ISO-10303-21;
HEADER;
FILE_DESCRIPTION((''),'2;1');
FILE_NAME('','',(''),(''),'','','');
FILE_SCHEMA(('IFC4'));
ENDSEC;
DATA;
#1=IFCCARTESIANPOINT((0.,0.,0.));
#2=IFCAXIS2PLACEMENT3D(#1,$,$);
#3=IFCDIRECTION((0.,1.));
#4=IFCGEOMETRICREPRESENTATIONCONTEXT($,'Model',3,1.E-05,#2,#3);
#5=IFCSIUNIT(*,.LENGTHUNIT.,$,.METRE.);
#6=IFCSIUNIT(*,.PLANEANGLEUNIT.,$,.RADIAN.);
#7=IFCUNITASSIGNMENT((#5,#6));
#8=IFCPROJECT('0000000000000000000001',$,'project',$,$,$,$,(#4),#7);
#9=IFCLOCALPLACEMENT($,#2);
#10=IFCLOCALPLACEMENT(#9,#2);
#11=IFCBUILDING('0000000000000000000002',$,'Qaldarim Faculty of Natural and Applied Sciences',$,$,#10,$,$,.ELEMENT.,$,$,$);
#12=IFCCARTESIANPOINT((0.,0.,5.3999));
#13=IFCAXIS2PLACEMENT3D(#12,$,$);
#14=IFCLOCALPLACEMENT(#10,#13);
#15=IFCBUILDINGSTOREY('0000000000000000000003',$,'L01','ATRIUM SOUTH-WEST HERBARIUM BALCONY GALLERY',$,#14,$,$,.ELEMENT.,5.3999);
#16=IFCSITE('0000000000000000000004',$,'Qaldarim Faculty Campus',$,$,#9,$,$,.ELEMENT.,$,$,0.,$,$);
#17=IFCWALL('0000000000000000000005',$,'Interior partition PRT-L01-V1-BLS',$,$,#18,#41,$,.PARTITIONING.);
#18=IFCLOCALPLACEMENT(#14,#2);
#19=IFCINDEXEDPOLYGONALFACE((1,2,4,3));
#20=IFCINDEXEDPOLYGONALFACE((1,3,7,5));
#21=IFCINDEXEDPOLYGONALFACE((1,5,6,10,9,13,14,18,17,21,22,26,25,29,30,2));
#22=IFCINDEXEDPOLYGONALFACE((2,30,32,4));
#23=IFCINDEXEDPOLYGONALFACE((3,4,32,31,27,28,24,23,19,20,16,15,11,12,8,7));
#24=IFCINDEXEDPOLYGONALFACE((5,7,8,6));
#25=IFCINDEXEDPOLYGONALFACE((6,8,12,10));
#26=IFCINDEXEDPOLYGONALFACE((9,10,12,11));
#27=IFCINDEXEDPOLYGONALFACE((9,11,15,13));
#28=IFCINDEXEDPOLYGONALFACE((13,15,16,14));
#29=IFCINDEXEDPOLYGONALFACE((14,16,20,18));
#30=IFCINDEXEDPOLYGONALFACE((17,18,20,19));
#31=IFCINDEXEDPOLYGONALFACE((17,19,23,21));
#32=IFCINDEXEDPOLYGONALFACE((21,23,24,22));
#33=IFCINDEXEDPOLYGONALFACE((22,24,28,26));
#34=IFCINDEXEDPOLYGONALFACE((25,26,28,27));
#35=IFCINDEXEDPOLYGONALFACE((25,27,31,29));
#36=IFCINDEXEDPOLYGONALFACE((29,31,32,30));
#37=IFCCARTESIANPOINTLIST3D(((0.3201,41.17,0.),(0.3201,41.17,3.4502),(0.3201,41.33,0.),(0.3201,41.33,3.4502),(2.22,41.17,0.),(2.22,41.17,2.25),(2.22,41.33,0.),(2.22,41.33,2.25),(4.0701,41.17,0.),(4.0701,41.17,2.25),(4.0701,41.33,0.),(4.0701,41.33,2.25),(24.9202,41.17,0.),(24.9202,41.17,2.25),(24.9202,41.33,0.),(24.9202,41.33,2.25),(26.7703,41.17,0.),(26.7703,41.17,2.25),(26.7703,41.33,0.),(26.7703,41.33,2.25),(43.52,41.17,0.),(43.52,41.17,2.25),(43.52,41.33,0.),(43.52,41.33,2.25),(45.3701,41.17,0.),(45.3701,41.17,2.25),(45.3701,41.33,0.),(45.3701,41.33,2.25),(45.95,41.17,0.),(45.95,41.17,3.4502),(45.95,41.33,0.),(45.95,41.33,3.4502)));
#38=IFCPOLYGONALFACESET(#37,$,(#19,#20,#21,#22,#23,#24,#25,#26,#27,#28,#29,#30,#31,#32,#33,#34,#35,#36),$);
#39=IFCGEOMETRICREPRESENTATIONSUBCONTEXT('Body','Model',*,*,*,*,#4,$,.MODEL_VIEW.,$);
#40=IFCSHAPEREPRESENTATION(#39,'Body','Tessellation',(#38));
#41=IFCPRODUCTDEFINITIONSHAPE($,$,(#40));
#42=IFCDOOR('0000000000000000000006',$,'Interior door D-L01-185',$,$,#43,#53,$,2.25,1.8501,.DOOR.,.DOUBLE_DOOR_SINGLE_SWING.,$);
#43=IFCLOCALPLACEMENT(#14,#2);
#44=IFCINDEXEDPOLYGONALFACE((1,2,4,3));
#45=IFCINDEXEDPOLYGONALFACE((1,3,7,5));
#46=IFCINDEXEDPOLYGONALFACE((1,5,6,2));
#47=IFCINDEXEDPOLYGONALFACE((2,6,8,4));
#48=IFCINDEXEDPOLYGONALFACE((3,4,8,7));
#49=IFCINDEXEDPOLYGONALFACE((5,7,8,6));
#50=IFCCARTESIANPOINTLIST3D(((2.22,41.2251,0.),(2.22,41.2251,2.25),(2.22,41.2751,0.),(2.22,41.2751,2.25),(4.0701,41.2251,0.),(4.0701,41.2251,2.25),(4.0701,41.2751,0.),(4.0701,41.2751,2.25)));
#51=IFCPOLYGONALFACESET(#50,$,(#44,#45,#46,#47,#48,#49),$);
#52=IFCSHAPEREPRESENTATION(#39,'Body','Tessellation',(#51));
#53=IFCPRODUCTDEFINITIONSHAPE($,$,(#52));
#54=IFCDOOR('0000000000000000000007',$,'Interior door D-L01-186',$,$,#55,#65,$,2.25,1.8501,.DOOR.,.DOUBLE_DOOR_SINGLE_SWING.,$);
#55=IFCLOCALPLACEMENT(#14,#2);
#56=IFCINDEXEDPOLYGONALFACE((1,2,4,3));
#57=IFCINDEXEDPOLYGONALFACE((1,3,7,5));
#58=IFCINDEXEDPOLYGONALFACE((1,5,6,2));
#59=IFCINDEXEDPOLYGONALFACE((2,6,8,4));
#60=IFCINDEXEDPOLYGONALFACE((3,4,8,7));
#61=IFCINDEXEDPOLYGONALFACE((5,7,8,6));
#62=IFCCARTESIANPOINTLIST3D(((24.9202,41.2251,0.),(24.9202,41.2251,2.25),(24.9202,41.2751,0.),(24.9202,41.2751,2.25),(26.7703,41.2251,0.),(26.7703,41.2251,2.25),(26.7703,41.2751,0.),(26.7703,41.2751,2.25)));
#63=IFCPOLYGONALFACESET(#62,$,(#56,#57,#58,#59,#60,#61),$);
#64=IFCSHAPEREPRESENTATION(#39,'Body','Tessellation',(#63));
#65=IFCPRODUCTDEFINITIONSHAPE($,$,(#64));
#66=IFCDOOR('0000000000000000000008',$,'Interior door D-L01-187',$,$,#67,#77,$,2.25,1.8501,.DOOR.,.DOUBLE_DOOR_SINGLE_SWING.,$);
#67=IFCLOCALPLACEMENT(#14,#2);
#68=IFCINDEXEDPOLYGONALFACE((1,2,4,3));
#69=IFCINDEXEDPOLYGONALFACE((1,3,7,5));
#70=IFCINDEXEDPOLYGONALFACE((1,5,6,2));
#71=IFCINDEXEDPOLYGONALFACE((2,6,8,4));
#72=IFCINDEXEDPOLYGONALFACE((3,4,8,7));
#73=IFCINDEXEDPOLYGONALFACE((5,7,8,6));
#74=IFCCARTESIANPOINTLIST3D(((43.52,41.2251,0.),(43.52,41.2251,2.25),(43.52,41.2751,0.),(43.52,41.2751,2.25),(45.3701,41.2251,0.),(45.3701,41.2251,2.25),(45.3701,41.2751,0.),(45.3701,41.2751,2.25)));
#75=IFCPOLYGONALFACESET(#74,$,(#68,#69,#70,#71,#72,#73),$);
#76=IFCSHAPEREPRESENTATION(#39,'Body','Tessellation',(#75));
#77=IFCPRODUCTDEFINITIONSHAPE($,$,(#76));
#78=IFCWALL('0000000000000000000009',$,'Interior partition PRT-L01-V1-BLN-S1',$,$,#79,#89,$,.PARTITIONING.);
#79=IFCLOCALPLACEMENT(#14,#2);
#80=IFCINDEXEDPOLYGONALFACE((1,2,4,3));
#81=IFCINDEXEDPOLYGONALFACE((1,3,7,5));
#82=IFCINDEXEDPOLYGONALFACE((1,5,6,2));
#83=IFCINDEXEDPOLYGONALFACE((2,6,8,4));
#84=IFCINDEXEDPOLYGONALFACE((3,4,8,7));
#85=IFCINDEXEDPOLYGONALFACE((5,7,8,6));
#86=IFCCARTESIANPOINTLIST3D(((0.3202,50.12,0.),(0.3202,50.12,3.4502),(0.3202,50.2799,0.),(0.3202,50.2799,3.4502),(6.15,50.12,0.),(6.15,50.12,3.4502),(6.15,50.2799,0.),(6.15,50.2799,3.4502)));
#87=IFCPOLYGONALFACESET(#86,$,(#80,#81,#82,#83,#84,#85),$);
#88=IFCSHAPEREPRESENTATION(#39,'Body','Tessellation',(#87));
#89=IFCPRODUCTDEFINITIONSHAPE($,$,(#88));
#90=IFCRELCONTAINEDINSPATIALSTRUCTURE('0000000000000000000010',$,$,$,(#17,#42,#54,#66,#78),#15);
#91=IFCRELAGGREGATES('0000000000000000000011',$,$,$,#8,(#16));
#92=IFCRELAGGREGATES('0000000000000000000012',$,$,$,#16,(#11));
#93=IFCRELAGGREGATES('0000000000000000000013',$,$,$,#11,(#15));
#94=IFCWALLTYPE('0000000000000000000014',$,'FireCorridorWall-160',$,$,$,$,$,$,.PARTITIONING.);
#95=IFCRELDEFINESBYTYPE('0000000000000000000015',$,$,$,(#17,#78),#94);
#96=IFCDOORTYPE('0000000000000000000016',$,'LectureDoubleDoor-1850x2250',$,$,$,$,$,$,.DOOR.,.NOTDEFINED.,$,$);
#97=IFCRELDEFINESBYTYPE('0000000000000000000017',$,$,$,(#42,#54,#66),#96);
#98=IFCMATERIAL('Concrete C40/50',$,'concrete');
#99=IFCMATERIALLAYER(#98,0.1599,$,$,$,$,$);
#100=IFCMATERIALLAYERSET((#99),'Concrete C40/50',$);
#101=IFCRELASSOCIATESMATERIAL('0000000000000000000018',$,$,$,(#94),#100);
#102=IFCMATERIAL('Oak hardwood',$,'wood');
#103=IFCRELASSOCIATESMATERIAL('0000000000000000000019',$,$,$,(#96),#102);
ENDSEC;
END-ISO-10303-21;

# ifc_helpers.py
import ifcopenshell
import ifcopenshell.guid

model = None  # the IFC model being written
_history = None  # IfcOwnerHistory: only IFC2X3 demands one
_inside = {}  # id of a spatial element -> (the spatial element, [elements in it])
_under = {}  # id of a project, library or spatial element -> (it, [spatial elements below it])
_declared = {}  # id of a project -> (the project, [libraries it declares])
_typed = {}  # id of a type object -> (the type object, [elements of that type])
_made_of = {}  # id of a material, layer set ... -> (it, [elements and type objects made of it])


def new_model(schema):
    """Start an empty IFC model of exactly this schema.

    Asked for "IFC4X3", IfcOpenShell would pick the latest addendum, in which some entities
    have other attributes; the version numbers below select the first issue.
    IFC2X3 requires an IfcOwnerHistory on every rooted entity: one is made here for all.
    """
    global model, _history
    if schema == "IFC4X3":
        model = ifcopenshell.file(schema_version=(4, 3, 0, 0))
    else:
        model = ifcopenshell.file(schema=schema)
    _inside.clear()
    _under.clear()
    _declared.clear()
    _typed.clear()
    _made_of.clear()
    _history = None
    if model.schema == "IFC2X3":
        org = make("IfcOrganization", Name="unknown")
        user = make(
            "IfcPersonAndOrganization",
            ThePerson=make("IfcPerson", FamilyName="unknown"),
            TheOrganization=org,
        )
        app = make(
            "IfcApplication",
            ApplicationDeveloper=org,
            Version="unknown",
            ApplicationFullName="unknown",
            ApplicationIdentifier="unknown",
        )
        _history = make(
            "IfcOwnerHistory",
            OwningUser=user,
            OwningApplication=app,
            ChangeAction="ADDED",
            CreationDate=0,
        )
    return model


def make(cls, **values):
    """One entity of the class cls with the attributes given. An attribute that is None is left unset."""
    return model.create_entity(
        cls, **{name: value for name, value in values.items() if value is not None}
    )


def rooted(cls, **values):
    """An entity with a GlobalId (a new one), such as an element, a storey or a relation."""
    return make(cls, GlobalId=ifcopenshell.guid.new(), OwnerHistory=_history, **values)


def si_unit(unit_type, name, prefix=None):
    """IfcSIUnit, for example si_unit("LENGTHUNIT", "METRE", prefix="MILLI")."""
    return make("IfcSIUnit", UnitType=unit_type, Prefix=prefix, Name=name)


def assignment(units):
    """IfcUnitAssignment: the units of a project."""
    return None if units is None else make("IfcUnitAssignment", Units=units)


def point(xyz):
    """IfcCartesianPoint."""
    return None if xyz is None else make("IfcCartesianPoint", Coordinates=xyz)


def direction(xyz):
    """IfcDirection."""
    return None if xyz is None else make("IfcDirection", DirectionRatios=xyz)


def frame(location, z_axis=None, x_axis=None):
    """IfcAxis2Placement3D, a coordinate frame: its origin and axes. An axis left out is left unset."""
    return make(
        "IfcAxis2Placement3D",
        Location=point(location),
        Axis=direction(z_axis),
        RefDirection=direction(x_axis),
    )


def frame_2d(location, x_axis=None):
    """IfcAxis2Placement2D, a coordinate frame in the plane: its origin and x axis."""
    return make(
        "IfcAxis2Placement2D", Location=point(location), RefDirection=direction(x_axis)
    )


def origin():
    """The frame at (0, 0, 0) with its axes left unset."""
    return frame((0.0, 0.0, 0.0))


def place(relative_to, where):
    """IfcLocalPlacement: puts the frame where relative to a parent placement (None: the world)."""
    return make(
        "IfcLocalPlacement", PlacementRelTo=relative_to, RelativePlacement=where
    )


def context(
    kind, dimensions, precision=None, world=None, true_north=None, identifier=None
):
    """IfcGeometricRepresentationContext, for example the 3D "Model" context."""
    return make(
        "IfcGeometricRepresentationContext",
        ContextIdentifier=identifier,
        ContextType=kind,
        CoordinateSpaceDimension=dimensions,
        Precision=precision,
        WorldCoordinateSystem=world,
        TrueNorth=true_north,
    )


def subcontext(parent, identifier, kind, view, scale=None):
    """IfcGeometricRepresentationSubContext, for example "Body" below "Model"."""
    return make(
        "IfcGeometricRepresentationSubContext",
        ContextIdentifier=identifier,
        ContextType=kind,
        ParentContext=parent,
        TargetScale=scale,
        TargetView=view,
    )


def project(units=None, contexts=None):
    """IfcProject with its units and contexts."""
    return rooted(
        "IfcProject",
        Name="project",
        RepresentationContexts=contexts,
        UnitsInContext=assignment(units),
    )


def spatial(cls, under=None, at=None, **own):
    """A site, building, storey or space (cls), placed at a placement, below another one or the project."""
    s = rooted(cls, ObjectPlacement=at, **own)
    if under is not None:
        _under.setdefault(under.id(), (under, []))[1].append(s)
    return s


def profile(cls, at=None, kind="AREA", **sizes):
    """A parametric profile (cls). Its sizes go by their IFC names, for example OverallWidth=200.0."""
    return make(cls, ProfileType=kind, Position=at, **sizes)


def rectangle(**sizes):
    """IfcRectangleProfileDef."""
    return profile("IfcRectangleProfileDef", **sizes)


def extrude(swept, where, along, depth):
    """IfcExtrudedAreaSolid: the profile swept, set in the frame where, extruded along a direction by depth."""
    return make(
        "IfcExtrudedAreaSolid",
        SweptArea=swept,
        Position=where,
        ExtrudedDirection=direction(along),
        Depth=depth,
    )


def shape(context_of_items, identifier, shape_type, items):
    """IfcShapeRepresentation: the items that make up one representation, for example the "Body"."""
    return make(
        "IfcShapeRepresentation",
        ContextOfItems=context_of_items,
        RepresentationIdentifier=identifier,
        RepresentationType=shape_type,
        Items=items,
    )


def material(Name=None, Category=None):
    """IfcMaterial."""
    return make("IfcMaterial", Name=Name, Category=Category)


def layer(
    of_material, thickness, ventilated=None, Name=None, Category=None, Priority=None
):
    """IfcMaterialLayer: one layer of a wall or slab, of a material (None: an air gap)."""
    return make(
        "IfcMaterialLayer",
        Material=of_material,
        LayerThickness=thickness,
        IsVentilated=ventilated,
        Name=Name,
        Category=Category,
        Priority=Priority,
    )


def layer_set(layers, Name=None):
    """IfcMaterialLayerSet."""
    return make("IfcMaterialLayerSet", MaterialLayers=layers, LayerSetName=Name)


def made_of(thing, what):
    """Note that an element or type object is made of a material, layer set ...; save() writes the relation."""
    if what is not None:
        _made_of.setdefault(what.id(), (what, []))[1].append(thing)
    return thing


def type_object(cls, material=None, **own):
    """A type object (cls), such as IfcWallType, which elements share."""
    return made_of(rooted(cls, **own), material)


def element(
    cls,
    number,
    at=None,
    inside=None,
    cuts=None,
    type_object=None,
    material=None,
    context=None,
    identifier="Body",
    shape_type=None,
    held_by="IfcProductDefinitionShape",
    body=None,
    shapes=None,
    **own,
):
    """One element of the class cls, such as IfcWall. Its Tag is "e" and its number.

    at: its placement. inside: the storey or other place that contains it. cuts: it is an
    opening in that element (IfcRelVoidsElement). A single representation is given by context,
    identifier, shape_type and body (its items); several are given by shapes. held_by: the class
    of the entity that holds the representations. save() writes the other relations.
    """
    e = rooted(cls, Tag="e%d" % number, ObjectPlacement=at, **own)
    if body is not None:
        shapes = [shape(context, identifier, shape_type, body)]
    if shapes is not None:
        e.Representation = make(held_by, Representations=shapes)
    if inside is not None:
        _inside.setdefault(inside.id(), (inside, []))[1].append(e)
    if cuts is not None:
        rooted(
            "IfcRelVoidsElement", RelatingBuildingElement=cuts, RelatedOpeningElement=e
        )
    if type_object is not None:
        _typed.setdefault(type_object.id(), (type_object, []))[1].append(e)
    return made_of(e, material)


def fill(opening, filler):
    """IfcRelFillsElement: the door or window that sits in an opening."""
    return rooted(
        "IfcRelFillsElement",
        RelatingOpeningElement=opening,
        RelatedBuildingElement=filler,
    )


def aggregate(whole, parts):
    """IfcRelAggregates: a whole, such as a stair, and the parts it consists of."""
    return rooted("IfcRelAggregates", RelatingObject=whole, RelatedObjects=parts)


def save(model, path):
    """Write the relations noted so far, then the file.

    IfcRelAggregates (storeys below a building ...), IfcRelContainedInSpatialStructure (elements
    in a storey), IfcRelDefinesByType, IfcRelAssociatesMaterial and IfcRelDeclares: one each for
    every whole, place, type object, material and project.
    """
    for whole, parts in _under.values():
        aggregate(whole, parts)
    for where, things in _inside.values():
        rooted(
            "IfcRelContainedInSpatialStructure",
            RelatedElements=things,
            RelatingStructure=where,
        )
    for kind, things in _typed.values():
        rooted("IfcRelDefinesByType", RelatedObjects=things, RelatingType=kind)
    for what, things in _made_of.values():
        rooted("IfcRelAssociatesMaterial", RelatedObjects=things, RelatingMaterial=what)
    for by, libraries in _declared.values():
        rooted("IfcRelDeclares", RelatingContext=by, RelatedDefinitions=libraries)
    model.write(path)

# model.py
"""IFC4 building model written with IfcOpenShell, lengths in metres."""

from ifc_helpers import new_model, si_unit, direction, frame, frame_2d, origin, place, context, subcontext, project, spatial, rectangle, extrude, material, layer, layer_set, type_object, element, fill, save


model = new_model("IFC4")

# Units and contexts
model_context = context("Model", 3, precision=1e-05, world=origin(), true_north=direction((0.0, 1.0)))
body_context = subcontext(model_context, "Body", "Model", "MODEL_VIEW")
ifc_project = project(units=[si_unit("LENGTHUNIT", "METRE"), si_unit("PLANEANGLEUNIT", "RADIAN")], contexts=[model_context])

# Site, building, storey
site_placement = place(None, origin())
site = spatial("IfcSite", under=ifc_project, at=site_placement, Name="Qaldarim Faculty Campus", CompositionType="ELEMENT", RefElevation=0.0)
building_placement = place(site_placement, origin())
building = spatial("IfcBuilding", under=site, at=building_placement, Name="Qaldarim Faculty of Natural and Applied Sciences", CompositionType="ELEMENT")
storey_placement = place(building_placement, frame((0.0, 0.0, 5.3999)))
storey = spatial("IfcBuildingStorey", under=building, at=storey_placement, Name="L01", Description="ATRIUM SOUTH-WEST HERBARIUM BALCONY GALLERY", CompositionType="ELEMENT", Elevation=5.3999)

# Shared definitions
ifc_material_1 = material(Name="Concrete C40/50", Category="concrete")

# Wall, openings, doors
ifc_layer_1 = layer(ifc_material_1, 0.1599)
ifc_layer_set_1 = layer_set([ifc_layer_1], Name="Concrete C40/50")
wall_type_1 = type_object("IfcWallType", Name="FireCorridorWall-160", PredefinedType="PARTITIONING", material=ifc_layer_set_1)
wall_1_placement = place(storey_placement, frame((0.3201, 41.25, 0.0), z_axis=(0.0, 0.0, 1.0), x_axis=(1.0, 0.0, 0.0)))
wall_1 = element("IfcWall", 1, at=wall_1_placement, inside=storey, type_object=wall_type_1, Name="Interior partition PRT-L01-V1-BLS", PredefinedType="PARTITIONING", context=body_context, shape_type="SweptSolid", body=[
    extrude(rectangle(XDim=45.6299, YDim=0.1599, at=frame_2d((22.8149, 0.0))), origin(), (0.0, 0.0, 1.0), 3.4502),
])
opening_1_placement = place(wall_1_placement, frame((1.8999, 0.0, 0.0)))
opening_1 = element("IfcOpeningElement", 2, at=opening_1_placement, cuts=wall_1, PredefinedType="OPENING", context=body_context, shape_type="SweptSolid", body=[
    extrude(rectangle(XDim=1.8501, YDim=2.25, at=frame_2d((0.925, 1.125))), frame((0.0, 0.0898, 0.0), z_axis=(0.0, -1.0, 0.0), x_axis=(1.0, 0.0, 0.0)), (0.0, 0.0, 1.0), 0.1799),
])
opening_2_placement = place(wall_1_placement, frame((24.6001, 0.0, 0.0)))
opening_2 = element("IfcOpeningElement", 3, at=opening_2_placement, cuts=wall_1, PredefinedType="OPENING", context=body_context, shape_type="SweptSolid", body=[
    extrude(rectangle(XDim=1.8501, YDim=2.25, at=frame_2d((0.925, 1.125))), frame((0.0, 0.0898, 0.0), z_axis=(0.0, -1.0, 0.0), x_axis=(1.0, 0.0, 0.0)), (0.0, 0.0, 1.0), 0.1799),
])
opening_3_placement = place(wall_1_placement, frame((43.2, 0.0, 0.0)))
opening_3 = element("IfcOpeningElement", 4, at=opening_3_placement, cuts=wall_1, PredefinedType="OPENING", context=body_context, shape_type="SweptSolid", body=[
    extrude(rectangle(XDim=1.8501, YDim=2.25, at=frame_2d((0.925, 1.125))), frame((0.0, 0.0898, 0.0), z_axis=(0.0, -1.0, 0.0), x_axis=(1.0, 0.0, 0.0)), (0.0, 0.0, 1.0), 0.1799),
])
ifc_material_2 = material(Name="Oak hardwood", Category="wood")
door_type = type_object("IfcDoorType", Name="LectureDoubleDoor-1850x2250", OperationType="NOTDEFINED", PredefinedType="DOOR", material=ifc_material_2)
door_1_placement = place(opening_1_placement, frame((1.8501, 0.0, 0.0), z_axis=(0.0, 0.0, 1.0), x_axis=(-1.0, 0.0, 0.0)))
door_1 = element("IfcDoor", 5, at=door_1_placement, inside=storey, type_object=door_type, Name="Interior door D-L01-185", OperationType="DOUBLE_DOOR_SINGLE_SWING", OverallHeight=2.25, OverallWidth=1.8501, PredefinedType="DOOR", context=body_context, shape_type="SweptSolid", body=[
    extrude(rectangle(XDim=1.8501, YDim=2.25, at=frame_2d((0.925, 1.125))), frame((0.0, 0.0249, 0.0), z_axis=(0.0, -1.0, 0.0), x_axis=(1.0, 0.0, 0.0)), (0.0, 0.0, 1.0), 0.05),
])
fill(opening_1, door_1)
door_2_placement = place(opening_2_placement, frame((1.8501, 0.0, 0.0), z_axis=(0.0, 0.0, 1.0), x_axis=(-1.0, 0.0, 0.0)))
door_2 = element("IfcDoor", 6, at=door_2_placement, inside=storey, type_object=door_type, Name="Interior door D-L01-186", OperationType="DOUBLE_DOOR_SINGLE_SWING", OverallHeight=2.25, OverallWidth=1.8501, PredefinedType="DOOR", context=body_context, shape_type="SweptSolid", body=[
    extrude(rectangle(XDim=1.8501, YDim=2.25, at=frame_2d((0.925, 1.125))), frame((0.0, 0.0249, 0.0), z_axis=(0.0, -1.0, 0.0), x_axis=(1.0, 0.0, 0.0)), (0.0, 0.0, 1.0), 0.05),
])
fill(opening_2, door_2)
door_3_placement = place(opening_3_placement, frame((1.8501, 0.0, 0.0), z_axis=(0.0, 0.0, 1.0), x_axis=(-1.0, 0.0, 0.0)))
door_3 = element("IfcDoor", 7, at=door_3_placement, inside=storey, type_object=door_type, Name="Interior door D-L01-187", OperationType="DOUBLE_DOOR_SINGLE_SWING", OverallHeight=2.25, OverallWidth=1.8501, PredefinedType="DOOR", context=body_context, shape_type="SweptSolid", body=[
    extrude(rectangle(XDim=1.8501, YDim=2.25, at=frame_2d((0.925, 1.125))), frame((0.0, 0.0249, 0.0), z_axis=(0.0, -1.0, 0.0), x_axis=(1.0, 0.0, 0.0)), (0.0, 0.0, 1.0), 0.05),
])
fill(opening_3, door_3)

# Wall
wall_2_placement = place(storey_placement, frame((0.3201, 50.2, 0.0), z_axis=(0.0, 0.0, 1.0), x_axis=(1.0, 0.0, 0.0)))
element("IfcWall", 8, at=wall_2_placement, inside=storey, type_object=wall_type_1, Name="Interior partition PRT-L01-V1-BLN-S1", PredefinedType="PARTITIONING", context=body_context, shape_type="SweptSolid", body=[
    extrude(rectangle(XDim=5.8298, YDim=0.1599, at=frame_2d((2.915, 0.0))), origin(), (0.0, 0.0, 1.0), 3.4502),
])

save(model, "model.ifc")
